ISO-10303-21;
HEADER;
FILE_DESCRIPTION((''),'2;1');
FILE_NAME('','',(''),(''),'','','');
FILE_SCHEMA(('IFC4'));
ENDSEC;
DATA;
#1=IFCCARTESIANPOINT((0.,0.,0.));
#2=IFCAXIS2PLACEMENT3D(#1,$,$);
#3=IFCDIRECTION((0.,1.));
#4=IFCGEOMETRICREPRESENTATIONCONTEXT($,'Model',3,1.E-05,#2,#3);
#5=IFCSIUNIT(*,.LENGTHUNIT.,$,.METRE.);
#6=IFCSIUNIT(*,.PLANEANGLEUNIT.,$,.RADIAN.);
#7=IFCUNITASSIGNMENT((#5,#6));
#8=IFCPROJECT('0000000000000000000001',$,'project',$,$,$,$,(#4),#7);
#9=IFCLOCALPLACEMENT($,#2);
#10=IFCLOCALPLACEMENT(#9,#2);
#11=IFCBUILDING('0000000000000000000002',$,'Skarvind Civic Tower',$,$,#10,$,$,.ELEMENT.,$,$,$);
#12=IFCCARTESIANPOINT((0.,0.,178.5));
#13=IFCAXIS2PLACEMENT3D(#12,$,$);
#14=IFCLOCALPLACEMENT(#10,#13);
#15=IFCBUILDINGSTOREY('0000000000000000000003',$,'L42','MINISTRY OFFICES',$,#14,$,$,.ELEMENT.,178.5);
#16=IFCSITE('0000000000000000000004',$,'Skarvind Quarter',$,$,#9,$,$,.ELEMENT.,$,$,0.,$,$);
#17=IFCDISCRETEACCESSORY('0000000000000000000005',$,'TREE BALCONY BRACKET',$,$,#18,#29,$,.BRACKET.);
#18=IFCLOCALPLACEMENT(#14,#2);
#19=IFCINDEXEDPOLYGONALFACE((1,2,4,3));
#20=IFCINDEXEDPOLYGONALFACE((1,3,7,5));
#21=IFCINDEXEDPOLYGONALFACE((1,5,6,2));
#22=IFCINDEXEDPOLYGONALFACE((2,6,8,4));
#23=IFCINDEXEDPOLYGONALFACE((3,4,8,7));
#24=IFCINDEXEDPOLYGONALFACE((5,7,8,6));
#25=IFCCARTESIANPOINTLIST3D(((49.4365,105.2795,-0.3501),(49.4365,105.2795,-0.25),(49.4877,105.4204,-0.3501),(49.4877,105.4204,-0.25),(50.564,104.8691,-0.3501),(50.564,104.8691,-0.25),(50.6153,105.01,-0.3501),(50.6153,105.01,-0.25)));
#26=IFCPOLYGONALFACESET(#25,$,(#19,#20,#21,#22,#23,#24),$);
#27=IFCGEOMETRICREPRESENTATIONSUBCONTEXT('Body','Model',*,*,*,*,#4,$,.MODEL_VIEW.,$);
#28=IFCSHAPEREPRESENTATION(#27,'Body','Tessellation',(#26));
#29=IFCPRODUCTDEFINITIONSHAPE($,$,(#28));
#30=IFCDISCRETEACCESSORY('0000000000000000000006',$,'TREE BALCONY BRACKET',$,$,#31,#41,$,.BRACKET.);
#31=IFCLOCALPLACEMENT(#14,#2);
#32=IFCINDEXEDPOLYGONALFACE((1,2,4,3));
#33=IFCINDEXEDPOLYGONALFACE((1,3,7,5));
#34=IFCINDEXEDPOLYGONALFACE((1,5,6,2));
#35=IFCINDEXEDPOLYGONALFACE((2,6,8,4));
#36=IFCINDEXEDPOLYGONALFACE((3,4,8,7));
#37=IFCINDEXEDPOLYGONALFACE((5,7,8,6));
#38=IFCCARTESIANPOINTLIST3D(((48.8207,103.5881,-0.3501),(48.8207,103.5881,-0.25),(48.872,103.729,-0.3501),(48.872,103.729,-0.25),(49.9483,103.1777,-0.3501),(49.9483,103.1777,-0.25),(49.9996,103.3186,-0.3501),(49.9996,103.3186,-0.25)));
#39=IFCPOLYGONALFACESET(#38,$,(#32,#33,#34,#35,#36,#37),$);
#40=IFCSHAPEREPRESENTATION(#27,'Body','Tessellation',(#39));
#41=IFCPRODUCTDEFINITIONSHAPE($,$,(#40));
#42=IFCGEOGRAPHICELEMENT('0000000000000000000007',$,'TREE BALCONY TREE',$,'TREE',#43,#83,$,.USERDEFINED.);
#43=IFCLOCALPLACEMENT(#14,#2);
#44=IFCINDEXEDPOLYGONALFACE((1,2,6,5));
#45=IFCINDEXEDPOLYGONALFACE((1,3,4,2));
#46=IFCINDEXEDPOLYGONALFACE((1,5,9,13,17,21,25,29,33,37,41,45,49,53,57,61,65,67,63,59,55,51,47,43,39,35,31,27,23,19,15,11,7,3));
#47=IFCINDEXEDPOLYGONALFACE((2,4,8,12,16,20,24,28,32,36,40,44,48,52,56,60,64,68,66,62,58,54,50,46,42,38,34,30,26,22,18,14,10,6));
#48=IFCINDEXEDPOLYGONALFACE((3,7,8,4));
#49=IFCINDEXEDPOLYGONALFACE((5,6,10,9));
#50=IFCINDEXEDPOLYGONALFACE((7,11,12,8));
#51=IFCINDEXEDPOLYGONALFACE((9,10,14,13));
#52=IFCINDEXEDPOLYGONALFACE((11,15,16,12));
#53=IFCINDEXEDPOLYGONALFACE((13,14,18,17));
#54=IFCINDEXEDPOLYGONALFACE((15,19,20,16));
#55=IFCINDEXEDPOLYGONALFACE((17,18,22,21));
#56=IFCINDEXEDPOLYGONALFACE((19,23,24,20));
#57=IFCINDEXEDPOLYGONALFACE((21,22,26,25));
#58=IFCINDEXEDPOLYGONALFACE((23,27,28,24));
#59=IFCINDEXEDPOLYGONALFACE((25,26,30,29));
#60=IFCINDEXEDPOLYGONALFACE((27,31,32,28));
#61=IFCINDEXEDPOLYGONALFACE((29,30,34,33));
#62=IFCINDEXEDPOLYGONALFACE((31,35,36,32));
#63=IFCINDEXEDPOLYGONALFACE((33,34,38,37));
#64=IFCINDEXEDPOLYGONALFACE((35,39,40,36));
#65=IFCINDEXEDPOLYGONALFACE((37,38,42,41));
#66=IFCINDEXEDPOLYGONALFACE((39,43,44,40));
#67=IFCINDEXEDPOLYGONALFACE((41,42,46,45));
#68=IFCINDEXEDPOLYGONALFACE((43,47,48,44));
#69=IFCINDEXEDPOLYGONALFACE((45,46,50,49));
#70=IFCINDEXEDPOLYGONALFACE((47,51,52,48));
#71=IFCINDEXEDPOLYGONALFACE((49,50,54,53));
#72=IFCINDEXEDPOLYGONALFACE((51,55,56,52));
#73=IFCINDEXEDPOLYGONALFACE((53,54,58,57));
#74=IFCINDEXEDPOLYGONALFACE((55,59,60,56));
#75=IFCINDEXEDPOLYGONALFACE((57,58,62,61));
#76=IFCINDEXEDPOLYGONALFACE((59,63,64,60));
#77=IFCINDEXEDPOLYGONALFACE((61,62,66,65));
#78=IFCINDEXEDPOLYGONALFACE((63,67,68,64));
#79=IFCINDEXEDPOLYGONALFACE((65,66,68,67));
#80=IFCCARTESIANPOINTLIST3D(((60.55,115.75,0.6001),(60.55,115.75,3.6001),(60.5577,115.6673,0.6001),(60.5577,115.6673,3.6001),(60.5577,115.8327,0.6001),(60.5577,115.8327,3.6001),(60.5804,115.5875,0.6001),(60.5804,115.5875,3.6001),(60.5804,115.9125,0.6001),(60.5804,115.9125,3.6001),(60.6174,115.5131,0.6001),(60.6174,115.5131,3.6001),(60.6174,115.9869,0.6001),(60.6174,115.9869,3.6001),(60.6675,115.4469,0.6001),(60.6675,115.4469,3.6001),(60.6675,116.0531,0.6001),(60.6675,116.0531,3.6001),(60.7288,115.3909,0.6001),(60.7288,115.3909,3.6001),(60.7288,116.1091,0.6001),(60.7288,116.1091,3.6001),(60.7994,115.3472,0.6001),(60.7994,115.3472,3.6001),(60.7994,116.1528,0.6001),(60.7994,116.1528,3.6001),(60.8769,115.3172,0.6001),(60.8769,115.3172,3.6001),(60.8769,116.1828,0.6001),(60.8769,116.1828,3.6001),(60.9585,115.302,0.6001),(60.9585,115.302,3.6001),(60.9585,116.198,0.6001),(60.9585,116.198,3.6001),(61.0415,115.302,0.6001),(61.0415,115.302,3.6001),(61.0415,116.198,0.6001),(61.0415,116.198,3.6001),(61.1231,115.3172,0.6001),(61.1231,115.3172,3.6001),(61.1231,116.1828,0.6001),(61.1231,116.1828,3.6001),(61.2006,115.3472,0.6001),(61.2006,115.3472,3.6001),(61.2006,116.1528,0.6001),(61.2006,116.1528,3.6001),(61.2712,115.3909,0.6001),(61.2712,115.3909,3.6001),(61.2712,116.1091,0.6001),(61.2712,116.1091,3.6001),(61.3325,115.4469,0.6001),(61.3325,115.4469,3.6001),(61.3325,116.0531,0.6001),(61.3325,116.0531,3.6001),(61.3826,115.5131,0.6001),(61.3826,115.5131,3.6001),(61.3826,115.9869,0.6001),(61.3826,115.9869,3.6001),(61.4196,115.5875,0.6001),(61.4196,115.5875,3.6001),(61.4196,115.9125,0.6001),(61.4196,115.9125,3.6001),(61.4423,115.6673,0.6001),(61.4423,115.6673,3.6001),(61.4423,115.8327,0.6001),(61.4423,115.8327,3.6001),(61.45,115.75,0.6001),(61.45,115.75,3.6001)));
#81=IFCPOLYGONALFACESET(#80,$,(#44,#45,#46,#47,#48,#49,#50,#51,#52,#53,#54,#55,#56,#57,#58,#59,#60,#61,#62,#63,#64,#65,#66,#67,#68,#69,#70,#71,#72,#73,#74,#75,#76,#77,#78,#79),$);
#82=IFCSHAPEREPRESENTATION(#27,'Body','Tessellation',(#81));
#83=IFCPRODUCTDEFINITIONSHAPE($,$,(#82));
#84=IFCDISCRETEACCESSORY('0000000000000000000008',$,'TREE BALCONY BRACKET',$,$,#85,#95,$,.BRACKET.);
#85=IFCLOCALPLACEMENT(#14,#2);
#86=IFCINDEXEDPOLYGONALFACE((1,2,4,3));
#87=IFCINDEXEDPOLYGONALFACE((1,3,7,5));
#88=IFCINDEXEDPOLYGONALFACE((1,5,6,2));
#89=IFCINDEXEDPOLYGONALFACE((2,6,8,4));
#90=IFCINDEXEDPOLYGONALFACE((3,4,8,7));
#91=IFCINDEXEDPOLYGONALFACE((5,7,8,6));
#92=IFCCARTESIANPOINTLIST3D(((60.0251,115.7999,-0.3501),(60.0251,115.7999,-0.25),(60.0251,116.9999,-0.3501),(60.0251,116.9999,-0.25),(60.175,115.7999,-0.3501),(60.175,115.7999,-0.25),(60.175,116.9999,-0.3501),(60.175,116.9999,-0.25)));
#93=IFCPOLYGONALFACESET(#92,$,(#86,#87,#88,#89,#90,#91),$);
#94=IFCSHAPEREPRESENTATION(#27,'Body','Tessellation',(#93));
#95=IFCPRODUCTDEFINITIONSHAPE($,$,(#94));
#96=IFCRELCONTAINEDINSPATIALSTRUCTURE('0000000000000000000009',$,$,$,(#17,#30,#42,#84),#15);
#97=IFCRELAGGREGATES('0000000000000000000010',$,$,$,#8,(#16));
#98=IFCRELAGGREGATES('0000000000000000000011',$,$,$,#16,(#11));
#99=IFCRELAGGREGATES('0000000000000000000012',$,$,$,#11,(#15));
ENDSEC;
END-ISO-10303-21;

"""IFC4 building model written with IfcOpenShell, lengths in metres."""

from ifc_helpers import new_model, si_unit, direction, frame, origin, origin_2d, place, context, subcontext, project, spatial, rectangle, circle, extrude, element, save


model = new_model("IFC4")

# Units and contexts
model_context = context("Model", 3, precision=1e-05, world=origin(), true_north=direction((0.0, 1.0)))
body_context = subcontext(model_context, "Body", "Model", "MODEL_VIEW")
ifc_project = project(units=[si_unit("LENGTHUNIT", "METRE"), si_unit("PLANEANGLEUNIT", "RADIAN")], contexts=[model_context])

# Site, building, storey
site_placement = place(None, origin())
site = spatial("IfcSite", under=ifc_project, at=site_placement, Name="Skarvind Quarter", CompositionType="ELEMENT", RefElevation=0.0)
building_placement = place(site_placement, origin())
building = spatial("IfcBuilding", under=site, at=building_placement, Name="Skarvind Civic Tower", CompositionType="ELEMENT")
storey_placement = place(building_placement, frame((0.0, 0.0, 178.5)))
storey = spatial("IfcBuildingStorey", under=building, at=storey_placement, Name="L42", Description="MINISTRY OFFICES", CompositionType="ELEMENT", Elevation=178.5)

# Discrete accessories
for number, where, z_axis, x_axis, name in (
    (1, (50.0259, 105.1448, -0.3501), (0.0, 0.0, 1.0), (-0.34202, -0.939693, 0.0), "TREE BALCONY BRACKET"),
    (2, (49.4102, 103.4534, -0.3501), (0.0, 0.0, 1.0), (-0.34202, -0.939693, 0.0), "TREE BALCONY BRACKET"),
):
    element("IfcDiscreteAccessory", number, at=place(storey_placement, frame(where, z_axis=z_axis, x_axis=x_axis)), inside=storey, Name=name, PredefinedType="BRACKET", context=body_context, shape_type="SweptSolid", body=[
        extrude(rectangle(XDim=0.1499, YDim=1.2, at=origin_2d()), origin(), (0.0, 0.0, 1.0), 0.1001),
    ])

# Geographic element
geographic_element_1_placement = place(storey_placement, frame((61.0, 115.75, 0.6001), z_axis=(0.0, 0.0, 1.0), x_axis=(1.0, 0.0, 0.0)))
element("IfcGeographicElement", 3, at=geographic_element_1_placement, inside=storey, Name="TREE BALCONY TREE", ObjectType="TREE", PredefinedType="USERDEFINED", context=body_context, shape_type="SweptSolid", body=[
    extrude(circle(Radius=0.45, at=origin_2d()), origin(), (0.0, 0.0, 1.0), 3.0),
])

# Discrete accessory
discrete_accessory_placement = place(storey_placement, frame((60.1001, 116.3999, -0.3501), z_axis=(0.0, 0.0, 1.0), x_axis=(-1.0, 0.0, 0.0)))
element("IfcDiscreteAccessory", 4, at=discrete_accessory_placement, inside=storey, Name="TREE BALCONY BRACKET", PredefinedType="BRACKET", context=body_context, shape_type="SweptSolid", body=[
    extrude(rectangle(XDim=0.1499, YDim=1.2, at=origin_2d()), origin(), (0.0, 0.0, 1.0), 0.1001),
])

save(model, "model.ifc")
